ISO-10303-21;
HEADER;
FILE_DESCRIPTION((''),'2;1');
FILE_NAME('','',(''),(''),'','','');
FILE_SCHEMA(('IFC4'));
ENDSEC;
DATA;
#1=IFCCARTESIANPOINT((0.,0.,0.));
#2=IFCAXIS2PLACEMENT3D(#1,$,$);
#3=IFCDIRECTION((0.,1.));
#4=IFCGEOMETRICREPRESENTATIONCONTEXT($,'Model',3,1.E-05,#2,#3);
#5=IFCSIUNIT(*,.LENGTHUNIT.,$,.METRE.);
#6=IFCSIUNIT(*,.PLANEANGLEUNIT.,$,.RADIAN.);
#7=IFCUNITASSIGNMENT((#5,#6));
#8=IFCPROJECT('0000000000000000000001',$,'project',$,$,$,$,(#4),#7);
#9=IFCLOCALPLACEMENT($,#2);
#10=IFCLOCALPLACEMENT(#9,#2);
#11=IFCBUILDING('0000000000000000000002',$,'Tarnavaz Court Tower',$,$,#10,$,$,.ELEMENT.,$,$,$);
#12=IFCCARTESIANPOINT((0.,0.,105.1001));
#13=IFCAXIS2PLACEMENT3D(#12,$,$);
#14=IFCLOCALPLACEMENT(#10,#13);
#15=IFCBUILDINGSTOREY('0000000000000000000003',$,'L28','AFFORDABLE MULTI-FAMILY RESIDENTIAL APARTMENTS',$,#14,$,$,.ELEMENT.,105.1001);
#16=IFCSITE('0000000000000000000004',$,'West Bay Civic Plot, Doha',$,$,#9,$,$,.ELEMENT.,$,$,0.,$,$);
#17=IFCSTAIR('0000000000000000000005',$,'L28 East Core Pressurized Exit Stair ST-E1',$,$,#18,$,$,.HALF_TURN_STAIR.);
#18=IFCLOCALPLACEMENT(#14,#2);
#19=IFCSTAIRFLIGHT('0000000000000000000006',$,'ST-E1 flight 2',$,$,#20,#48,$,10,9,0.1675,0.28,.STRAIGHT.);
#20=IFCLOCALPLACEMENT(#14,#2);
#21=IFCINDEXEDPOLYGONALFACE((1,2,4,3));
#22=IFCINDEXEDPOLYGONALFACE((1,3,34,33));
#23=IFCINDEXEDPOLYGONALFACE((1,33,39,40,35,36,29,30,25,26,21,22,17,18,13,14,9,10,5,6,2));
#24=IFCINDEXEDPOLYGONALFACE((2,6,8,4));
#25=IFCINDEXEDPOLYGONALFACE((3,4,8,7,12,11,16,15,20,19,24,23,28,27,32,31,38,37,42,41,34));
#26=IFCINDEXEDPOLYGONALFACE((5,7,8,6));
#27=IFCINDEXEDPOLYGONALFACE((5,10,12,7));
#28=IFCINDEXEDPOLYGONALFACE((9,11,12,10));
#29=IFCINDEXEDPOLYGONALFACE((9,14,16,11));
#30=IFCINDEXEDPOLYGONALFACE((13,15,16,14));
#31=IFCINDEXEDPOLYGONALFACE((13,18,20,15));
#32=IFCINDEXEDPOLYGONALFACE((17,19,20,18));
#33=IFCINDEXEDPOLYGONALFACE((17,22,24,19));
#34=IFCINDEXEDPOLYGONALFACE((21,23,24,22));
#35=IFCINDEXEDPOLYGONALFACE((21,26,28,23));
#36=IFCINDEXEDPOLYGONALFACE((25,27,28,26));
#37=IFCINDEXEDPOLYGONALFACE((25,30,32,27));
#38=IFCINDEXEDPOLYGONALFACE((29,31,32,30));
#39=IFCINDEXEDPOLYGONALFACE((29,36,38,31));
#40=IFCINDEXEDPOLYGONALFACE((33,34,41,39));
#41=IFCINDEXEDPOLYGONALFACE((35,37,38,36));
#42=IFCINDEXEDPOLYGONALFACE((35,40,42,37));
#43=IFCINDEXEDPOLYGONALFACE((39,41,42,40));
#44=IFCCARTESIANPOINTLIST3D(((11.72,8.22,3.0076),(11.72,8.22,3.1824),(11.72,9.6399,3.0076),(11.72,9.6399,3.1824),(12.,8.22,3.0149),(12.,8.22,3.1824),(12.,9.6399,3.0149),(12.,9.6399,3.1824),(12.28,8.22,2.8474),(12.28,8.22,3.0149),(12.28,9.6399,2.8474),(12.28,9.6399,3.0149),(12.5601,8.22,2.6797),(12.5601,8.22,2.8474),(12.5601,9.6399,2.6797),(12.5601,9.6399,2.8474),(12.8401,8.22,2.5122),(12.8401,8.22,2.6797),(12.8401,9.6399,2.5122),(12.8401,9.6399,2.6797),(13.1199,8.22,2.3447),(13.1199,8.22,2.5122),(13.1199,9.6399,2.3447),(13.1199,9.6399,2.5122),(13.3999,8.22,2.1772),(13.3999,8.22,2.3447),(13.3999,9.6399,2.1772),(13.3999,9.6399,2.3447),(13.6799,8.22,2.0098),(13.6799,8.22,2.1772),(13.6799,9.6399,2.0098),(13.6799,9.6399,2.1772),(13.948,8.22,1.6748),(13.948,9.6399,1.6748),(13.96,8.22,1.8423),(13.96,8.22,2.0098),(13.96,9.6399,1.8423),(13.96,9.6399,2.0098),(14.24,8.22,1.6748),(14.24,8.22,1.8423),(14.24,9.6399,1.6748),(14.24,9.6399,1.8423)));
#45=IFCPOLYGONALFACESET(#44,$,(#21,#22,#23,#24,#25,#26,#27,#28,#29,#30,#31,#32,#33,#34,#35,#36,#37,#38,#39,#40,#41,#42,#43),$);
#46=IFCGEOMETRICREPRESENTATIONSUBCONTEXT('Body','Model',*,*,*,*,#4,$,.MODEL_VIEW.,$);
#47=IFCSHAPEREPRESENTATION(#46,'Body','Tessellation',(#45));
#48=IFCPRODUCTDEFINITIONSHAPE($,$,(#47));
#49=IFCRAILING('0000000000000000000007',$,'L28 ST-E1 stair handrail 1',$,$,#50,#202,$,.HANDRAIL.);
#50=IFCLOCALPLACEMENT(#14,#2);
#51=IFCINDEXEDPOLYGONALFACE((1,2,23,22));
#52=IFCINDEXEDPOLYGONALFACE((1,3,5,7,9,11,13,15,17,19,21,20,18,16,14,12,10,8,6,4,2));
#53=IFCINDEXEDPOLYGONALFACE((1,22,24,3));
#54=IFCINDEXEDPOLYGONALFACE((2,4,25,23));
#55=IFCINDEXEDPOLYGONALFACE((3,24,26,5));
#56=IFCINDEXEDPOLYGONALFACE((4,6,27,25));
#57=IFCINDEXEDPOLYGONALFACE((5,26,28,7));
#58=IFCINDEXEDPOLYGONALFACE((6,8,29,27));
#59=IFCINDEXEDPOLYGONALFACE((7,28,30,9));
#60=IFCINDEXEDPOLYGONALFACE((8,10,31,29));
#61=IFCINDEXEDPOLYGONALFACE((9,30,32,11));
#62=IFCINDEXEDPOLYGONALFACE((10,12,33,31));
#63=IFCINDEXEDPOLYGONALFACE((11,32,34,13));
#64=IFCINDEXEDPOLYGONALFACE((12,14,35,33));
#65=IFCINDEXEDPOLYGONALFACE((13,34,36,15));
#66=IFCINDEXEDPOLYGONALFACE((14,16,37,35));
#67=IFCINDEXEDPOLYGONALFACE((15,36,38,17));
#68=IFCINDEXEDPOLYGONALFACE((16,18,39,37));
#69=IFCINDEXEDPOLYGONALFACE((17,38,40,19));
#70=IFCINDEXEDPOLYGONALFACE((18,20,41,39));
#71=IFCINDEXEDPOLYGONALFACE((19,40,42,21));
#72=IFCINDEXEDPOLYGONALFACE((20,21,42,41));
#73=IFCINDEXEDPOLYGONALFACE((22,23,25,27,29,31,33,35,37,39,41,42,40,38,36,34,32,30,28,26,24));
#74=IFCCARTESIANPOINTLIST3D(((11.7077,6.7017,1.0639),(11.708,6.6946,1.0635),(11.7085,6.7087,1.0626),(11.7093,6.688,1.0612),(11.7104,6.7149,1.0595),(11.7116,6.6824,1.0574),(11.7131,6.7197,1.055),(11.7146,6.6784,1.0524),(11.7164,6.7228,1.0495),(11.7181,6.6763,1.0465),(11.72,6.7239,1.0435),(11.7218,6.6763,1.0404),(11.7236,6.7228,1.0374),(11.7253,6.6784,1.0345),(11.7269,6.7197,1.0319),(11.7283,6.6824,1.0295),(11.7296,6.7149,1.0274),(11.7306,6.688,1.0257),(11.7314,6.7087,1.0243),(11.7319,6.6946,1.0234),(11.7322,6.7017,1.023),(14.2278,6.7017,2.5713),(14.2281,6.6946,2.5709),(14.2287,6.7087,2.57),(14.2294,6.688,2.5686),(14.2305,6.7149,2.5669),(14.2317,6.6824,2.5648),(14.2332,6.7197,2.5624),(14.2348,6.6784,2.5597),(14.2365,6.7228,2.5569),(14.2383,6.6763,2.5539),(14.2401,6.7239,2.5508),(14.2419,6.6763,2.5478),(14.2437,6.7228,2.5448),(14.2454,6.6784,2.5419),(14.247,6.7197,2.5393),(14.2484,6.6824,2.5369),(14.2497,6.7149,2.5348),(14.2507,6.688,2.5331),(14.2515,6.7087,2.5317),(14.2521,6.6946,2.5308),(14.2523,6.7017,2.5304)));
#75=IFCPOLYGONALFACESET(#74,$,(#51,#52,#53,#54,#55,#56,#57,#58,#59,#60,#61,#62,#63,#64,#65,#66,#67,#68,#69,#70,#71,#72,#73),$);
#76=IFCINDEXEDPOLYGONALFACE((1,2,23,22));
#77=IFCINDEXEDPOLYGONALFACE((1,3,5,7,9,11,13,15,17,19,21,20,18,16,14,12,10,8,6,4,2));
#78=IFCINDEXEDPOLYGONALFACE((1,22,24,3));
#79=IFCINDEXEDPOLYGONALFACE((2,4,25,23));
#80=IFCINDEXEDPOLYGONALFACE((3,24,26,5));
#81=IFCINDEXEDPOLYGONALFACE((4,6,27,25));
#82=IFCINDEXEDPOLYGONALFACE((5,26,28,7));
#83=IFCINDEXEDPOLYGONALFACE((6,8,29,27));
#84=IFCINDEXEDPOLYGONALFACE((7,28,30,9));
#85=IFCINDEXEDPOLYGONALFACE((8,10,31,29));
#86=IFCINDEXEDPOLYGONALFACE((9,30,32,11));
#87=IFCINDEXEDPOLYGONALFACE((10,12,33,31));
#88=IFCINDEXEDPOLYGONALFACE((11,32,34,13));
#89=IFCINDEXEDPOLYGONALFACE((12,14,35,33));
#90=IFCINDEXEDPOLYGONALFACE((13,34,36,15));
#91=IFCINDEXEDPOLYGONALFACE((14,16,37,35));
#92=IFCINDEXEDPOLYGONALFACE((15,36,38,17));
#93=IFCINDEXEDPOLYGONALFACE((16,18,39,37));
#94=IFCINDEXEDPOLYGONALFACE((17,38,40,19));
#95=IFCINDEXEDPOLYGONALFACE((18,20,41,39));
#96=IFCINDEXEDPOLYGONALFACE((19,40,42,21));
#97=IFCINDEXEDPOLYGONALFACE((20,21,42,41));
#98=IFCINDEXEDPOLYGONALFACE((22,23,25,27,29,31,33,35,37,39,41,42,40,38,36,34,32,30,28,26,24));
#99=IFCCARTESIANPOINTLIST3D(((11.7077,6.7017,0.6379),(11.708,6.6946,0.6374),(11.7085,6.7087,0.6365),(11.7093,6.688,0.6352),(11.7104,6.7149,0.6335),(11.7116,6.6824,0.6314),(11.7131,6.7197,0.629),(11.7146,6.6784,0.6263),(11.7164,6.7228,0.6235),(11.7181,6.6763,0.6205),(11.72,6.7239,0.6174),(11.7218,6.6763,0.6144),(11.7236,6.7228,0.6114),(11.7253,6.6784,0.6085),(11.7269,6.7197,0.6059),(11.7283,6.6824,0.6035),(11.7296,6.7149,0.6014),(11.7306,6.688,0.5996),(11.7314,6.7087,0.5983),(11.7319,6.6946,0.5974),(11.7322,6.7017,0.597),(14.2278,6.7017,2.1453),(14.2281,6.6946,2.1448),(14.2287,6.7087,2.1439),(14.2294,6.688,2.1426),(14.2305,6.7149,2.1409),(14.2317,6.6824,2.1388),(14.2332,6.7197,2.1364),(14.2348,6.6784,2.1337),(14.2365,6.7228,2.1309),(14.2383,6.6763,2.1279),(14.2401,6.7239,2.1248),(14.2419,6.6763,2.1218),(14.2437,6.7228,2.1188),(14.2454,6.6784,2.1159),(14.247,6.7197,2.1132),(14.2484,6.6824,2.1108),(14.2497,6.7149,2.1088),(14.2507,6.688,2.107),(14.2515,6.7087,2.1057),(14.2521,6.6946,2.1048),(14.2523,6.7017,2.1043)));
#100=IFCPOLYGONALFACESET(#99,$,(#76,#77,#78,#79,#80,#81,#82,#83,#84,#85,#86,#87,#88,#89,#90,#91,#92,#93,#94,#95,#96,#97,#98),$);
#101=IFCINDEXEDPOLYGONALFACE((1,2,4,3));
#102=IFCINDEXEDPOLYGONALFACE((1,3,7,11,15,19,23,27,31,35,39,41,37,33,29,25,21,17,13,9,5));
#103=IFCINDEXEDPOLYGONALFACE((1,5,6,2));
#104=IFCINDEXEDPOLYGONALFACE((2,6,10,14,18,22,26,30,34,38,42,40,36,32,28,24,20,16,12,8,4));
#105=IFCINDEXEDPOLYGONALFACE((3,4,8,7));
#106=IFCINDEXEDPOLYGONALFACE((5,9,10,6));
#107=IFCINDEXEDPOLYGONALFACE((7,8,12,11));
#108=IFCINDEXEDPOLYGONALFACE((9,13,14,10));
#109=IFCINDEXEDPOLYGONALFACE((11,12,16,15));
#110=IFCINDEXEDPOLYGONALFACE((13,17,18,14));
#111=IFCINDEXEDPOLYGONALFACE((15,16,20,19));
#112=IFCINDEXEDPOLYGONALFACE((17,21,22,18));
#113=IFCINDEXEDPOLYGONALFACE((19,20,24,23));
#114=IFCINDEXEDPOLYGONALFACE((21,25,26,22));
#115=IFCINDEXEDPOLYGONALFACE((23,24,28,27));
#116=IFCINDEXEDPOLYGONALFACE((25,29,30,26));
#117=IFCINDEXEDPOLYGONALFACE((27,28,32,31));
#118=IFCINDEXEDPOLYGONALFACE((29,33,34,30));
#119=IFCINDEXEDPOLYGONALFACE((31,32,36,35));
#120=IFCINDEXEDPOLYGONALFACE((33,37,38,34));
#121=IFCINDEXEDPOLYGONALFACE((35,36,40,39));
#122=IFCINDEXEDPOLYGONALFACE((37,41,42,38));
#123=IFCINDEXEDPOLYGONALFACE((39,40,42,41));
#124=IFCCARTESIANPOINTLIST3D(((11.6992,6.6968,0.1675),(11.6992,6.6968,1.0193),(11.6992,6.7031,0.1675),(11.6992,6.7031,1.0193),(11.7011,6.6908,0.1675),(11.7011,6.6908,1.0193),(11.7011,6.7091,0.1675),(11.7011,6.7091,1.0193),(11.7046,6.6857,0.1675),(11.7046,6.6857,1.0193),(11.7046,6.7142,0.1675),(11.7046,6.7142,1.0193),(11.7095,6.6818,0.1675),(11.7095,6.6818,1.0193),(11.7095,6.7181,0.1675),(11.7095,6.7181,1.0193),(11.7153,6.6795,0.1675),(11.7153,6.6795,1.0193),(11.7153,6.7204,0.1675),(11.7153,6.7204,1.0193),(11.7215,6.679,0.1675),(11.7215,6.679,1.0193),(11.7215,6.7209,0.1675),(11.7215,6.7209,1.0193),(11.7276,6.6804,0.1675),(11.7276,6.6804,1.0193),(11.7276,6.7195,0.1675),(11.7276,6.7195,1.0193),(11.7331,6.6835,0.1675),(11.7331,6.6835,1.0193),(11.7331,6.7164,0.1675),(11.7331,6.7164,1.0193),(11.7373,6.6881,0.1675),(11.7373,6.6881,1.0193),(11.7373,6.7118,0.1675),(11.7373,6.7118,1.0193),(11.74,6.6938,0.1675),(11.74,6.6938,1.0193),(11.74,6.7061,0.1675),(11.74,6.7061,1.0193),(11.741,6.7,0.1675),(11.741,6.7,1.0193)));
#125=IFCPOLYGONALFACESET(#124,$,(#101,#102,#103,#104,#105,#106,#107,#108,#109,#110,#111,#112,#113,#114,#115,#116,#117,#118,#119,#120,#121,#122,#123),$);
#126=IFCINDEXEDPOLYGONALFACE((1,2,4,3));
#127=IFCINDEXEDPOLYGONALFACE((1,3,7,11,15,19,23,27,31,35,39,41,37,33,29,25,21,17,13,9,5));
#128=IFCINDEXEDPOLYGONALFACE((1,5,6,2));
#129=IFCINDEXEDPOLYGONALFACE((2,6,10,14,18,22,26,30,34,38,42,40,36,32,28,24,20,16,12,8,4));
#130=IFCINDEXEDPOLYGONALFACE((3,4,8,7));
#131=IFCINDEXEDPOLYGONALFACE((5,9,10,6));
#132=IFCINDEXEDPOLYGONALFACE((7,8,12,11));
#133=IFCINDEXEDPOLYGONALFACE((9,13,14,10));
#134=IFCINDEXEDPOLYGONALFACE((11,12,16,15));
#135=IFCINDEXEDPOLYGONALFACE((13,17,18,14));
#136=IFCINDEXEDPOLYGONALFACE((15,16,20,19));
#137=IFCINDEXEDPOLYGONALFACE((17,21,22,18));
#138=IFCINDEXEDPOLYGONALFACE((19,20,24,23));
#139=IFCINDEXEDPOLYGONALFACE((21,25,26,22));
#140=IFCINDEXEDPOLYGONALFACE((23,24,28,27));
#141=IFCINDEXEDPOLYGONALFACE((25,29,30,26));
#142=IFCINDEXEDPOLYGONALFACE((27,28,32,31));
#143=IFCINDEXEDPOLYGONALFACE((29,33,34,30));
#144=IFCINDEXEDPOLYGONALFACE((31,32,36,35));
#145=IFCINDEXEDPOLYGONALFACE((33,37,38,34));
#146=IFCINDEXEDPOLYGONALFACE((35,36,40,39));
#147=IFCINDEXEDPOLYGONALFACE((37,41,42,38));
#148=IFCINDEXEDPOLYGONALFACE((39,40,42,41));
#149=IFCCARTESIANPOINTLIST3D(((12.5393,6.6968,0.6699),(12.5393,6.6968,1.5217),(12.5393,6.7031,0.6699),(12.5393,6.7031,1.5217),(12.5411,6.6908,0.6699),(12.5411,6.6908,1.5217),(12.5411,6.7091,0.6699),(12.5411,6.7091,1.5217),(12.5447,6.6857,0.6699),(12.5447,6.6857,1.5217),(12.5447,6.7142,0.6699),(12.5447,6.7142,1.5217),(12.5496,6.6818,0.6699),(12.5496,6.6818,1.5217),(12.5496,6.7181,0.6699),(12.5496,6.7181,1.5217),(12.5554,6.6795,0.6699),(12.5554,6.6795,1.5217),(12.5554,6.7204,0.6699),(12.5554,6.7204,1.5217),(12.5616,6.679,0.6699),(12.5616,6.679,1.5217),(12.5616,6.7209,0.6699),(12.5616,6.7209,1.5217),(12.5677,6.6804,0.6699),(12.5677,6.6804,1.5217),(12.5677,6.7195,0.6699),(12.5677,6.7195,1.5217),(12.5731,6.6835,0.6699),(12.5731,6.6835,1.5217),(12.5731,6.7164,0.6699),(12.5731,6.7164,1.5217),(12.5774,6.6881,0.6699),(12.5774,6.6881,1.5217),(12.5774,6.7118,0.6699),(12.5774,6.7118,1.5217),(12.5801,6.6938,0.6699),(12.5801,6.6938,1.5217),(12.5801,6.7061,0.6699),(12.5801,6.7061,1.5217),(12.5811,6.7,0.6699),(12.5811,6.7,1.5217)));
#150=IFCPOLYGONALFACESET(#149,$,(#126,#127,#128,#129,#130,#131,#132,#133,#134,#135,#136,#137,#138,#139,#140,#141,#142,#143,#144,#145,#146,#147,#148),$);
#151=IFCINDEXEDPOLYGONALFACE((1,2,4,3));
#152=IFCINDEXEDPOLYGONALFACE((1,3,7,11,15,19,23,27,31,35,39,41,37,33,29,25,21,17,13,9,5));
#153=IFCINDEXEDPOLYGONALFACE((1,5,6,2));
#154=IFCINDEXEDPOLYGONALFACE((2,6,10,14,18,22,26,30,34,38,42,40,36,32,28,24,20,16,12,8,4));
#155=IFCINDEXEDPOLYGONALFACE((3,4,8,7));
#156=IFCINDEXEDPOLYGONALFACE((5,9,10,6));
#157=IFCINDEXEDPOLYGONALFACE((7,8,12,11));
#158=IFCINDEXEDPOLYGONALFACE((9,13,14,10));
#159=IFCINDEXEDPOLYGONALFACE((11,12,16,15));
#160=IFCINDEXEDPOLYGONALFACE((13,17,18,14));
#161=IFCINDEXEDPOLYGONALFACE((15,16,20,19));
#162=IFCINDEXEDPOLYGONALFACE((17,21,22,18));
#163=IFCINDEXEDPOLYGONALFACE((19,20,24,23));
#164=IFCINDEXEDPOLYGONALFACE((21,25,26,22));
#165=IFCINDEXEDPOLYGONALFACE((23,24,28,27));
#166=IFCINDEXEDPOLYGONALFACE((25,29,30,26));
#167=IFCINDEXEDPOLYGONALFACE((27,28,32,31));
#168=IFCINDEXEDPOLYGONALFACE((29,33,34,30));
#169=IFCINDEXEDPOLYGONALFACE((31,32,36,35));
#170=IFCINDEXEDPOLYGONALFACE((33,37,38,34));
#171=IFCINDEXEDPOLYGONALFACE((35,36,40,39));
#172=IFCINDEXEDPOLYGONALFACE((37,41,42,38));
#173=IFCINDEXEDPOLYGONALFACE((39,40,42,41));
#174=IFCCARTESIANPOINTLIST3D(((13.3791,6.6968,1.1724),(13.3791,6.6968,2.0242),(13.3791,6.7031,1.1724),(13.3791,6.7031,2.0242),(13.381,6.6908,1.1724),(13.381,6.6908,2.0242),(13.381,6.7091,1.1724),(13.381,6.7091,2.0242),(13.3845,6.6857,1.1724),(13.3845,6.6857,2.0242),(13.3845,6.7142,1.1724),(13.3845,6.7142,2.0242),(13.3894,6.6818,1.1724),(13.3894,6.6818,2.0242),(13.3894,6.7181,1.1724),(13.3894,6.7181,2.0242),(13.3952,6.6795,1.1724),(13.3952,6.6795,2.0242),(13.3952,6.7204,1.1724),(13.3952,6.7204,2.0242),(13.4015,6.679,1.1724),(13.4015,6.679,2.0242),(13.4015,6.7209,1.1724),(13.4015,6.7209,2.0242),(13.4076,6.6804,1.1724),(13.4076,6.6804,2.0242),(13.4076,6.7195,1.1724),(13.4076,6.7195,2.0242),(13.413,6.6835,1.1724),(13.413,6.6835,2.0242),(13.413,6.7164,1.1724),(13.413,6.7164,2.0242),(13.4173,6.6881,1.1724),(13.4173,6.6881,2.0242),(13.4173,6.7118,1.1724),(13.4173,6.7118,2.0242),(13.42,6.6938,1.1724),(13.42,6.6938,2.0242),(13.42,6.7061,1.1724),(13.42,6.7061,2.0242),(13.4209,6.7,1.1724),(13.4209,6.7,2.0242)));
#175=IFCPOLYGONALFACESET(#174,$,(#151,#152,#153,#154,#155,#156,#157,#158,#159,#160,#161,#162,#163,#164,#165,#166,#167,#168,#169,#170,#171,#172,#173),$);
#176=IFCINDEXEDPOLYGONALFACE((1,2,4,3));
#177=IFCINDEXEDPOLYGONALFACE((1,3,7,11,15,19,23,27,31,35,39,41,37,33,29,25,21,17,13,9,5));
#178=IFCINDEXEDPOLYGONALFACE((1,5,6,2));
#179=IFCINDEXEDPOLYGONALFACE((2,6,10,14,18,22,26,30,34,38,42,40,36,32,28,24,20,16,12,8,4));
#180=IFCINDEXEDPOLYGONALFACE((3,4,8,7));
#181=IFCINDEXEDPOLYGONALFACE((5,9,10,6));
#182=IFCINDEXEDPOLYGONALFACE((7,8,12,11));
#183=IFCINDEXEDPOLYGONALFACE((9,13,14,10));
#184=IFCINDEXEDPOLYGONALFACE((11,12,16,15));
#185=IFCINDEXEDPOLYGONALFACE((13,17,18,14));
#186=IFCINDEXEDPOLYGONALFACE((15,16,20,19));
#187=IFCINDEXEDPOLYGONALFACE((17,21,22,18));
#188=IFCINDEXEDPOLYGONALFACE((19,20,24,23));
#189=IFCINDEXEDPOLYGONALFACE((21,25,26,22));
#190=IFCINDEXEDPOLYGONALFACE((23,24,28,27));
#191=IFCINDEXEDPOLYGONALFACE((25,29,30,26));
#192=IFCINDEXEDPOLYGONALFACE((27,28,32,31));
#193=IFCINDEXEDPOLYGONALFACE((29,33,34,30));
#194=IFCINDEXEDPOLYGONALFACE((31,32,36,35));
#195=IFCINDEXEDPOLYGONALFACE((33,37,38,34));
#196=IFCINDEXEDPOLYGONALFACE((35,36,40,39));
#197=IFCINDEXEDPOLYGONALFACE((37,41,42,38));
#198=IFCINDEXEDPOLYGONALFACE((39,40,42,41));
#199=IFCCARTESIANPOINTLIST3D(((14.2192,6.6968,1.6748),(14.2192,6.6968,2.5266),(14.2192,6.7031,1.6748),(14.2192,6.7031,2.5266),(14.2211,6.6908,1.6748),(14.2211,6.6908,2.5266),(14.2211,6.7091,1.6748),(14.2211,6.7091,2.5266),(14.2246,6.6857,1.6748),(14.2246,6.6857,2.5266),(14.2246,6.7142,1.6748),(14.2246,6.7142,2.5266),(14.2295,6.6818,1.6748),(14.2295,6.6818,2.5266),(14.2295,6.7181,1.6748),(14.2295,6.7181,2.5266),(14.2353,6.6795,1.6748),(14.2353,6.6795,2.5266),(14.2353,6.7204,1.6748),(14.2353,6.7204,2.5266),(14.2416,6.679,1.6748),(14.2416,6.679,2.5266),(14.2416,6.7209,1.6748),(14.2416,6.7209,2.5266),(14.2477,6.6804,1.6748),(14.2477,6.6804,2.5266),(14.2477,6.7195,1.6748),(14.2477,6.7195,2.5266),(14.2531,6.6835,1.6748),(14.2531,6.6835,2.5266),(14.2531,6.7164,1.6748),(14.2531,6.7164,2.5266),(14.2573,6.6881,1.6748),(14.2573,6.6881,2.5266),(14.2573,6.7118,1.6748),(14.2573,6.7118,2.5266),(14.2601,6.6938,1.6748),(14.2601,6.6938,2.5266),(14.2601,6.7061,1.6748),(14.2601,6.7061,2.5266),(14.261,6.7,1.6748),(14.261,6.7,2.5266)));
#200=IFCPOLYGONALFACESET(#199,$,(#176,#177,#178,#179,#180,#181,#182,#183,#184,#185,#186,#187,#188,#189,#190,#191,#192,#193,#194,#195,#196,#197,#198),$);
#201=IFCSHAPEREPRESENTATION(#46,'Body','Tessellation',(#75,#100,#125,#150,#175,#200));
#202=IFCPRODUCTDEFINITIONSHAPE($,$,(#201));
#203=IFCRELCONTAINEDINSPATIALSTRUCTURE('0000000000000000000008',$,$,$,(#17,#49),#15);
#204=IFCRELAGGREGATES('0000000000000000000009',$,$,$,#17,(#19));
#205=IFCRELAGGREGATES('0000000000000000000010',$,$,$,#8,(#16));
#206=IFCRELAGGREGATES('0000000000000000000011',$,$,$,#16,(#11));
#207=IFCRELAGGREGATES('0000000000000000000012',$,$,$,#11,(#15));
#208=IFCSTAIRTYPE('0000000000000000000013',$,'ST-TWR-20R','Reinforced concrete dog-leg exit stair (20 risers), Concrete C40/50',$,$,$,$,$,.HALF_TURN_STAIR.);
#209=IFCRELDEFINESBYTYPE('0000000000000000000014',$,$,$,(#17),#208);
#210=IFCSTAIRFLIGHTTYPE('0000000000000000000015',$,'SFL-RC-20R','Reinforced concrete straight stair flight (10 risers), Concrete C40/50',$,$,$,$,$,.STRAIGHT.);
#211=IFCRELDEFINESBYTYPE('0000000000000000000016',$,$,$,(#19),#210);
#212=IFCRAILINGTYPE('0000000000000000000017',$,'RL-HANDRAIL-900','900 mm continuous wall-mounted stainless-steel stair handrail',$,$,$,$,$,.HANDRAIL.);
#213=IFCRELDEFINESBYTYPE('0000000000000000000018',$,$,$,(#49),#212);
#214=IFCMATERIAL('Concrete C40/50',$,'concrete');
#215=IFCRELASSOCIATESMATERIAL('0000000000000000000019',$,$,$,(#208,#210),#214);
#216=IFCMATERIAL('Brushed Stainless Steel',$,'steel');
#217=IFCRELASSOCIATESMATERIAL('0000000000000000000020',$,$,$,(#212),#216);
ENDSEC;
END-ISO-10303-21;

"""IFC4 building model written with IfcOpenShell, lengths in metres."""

from ifc_helpers import new_model, si_unit, direction, frame, origin, origin_2d, place, context, subcontext, project, spatial, polyline, circle, outline, extrude, material, type_object, element, aggregate, save


model = new_model("IFC4")

# Units and contexts
model_context = context("Model", 3, precision=1e-05, world=origin(), true_north=direction((0.0, 1.0)))
body_context = subcontext(model_context, "Body", "Model", "MODEL_VIEW")
ifc_project = project(units=[si_unit("LENGTHUNIT", "METRE"), si_unit("PLANEANGLEUNIT", "RADIAN")], contexts=[model_context])

# Site, building, storey
site_placement = place(None, origin())
site = spatial("IfcSite", under=ifc_project, at=site_placement, Name="West Bay Civic Plot, Doha", CompositionType="ELEMENT", RefElevation=0.0)
building_placement = place(site_placement, origin())
building = spatial("IfcBuilding", under=site, at=building_placement, Name="Tarnavaz Court Tower", CompositionType="ELEMENT")
storey_placement = place(building_placement, frame((0.0, 0.0, 105.1001)))
storey = spatial("IfcBuildingStorey", under=building, at=storey_placement, Name="L28", Description="AFFORDABLE MULTI-FAMILY RESIDENTIAL APARTMENTS", CompositionType="ELEMENT", Elevation=105.1001)

# Stair, stair flight
ifc_material_1 = material(Name="Concrete C40/50", Category="concrete")
stair_type = type_object("IfcStairType", Name="ST-TWR-20R", Description="Reinforced concrete dog-leg exit stair (20 risers), Concrete C40/50", PredefinedType="HALF_TURN_STAIR", material=ifc_material_1)
stair_placement = place(storey_placement, origin())
stair = element("IfcStair", 1, at=stair_placement, inside=storey, type_object=stair_type, Name="L28 East Core Pressurized Exit Stair ST-E1", PredefinedType="HALF_TURN_STAIR")
stair_flight_type = type_object("IfcStairFlightType", Name="SFL-RC-20R", Description="Reinforced concrete straight stair flight (10 risers), Concrete C40/50", PredefinedType="STRAIGHT", material=ifc_material_1)
stair_flight_1_placement = place(storey_placement, frame((14.24, 8.9299, 1.6748), z_axis=(0.0, 0.0, 1.0), x_axis=(-1.0, 0.0, 0.0)))
stair_flight_1 = element("IfcStairFlight", 2, at=stair_flight_1_placement, type_object=stair_flight_type, Name="ST-E1 flight 2", NumberOfRisers=10, NumberOfTreads=9, PredefinedType="STRAIGHT", RiserHeight=0.1675, TreadLength=0.28, context=body_context, shape_type="SweptSolid", body=[
    extrude(outline(polyline([(0.0, 0.0), (0.0, 0.1675), (0.28, 0.1675), (0.28, 0.335), (0.5601, 0.335), (0.5601, 0.5024), (0.8401, 0.5024), (0.8401, 0.6699), (1.1201, 0.6699), (1.1201, 0.8374), (1.3999, 0.8374), (1.3999, 1.0049), (1.6799, 1.0049), (1.6799, 1.1726), (1.96, 1.1726), (1.96, 1.3401), (2.24, 1.3401), (2.24, 1.5076), (2.52, 1.5076), (2.52, 1.675), (2.52, 1.3328), (0.292, 0.0), (0.0, 0.0)])), frame((0.0, 0.71, 0.0), z_axis=(0.0, -1.0, 0.0), x_axis=(1.0, 0.0, 0.0)), (0.0, 0.0, 1.0), 1.4199),
])
aggregate(stair, [stair_flight_1])

# Railing
ifc_material_2 = material(Name="Brushed Stainless Steel", Category="steel")
railing_type_1 = type_object("IfcRailingType", Name="RL-HANDRAIL-900", Description="900 mm continuous wall-mounted stainless-steel stair handrail", PredefinedType="HANDRAIL", material=ifc_material_2)
railing_1_placement = place(storey_placement, frame((11.72, 6.7, 0.1675)))
element("IfcRailing", 3, at=railing_1_placement, inside=storey, type_object=railing_type_1, Name="L28 ST-E1 stair handrail 1", PredefinedType="HANDRAIL", context=body_context, shape_type="SweptSolid", body=[
    extrude(circle(Radius=0.0239, at=origin_2d()), frame((0.0, 0.0, 0.876), z_axis=(0.858196, 0.0, 0.513321), x_axis=(0.0, 1.0, 0.0)), (0.0, 0.0, 1.0), 2.9365),
    extrude(circle(Radius=0.0239, at=origin_2d()), frame((0.0, 0.0, 0.45), z_axis=(0.858196, 0.0, 0.513321), x_axis=(0.0, 1.0, 0.0)), (0.0, 0.0, 1.0), 2.9365),
    extrude(circle(Radius=0.021, at=origin_2d()), origin(), (0.0, 0.0, 1.0), 0.8518),
    extrude(circle(Radius=0.021, at=origin_2d()), frame((0.8401, 0.0, 0.5024)), (0.0, 0.0, 1.0), 0.8518),
    extrude(circle(Radius=0.021, at=origin_2d()), frame((1.6799, 0.0, 1.0049)), (0.0, 0.0, 1.0), 0.8518),
    extrude(circle(Radius=0.021, at=origin_2d()), frame((2.52, 0.0, 1.5073)), (0.0, 0.0, 1.0), 0.8518),
])

save(model, "model.ifc")
